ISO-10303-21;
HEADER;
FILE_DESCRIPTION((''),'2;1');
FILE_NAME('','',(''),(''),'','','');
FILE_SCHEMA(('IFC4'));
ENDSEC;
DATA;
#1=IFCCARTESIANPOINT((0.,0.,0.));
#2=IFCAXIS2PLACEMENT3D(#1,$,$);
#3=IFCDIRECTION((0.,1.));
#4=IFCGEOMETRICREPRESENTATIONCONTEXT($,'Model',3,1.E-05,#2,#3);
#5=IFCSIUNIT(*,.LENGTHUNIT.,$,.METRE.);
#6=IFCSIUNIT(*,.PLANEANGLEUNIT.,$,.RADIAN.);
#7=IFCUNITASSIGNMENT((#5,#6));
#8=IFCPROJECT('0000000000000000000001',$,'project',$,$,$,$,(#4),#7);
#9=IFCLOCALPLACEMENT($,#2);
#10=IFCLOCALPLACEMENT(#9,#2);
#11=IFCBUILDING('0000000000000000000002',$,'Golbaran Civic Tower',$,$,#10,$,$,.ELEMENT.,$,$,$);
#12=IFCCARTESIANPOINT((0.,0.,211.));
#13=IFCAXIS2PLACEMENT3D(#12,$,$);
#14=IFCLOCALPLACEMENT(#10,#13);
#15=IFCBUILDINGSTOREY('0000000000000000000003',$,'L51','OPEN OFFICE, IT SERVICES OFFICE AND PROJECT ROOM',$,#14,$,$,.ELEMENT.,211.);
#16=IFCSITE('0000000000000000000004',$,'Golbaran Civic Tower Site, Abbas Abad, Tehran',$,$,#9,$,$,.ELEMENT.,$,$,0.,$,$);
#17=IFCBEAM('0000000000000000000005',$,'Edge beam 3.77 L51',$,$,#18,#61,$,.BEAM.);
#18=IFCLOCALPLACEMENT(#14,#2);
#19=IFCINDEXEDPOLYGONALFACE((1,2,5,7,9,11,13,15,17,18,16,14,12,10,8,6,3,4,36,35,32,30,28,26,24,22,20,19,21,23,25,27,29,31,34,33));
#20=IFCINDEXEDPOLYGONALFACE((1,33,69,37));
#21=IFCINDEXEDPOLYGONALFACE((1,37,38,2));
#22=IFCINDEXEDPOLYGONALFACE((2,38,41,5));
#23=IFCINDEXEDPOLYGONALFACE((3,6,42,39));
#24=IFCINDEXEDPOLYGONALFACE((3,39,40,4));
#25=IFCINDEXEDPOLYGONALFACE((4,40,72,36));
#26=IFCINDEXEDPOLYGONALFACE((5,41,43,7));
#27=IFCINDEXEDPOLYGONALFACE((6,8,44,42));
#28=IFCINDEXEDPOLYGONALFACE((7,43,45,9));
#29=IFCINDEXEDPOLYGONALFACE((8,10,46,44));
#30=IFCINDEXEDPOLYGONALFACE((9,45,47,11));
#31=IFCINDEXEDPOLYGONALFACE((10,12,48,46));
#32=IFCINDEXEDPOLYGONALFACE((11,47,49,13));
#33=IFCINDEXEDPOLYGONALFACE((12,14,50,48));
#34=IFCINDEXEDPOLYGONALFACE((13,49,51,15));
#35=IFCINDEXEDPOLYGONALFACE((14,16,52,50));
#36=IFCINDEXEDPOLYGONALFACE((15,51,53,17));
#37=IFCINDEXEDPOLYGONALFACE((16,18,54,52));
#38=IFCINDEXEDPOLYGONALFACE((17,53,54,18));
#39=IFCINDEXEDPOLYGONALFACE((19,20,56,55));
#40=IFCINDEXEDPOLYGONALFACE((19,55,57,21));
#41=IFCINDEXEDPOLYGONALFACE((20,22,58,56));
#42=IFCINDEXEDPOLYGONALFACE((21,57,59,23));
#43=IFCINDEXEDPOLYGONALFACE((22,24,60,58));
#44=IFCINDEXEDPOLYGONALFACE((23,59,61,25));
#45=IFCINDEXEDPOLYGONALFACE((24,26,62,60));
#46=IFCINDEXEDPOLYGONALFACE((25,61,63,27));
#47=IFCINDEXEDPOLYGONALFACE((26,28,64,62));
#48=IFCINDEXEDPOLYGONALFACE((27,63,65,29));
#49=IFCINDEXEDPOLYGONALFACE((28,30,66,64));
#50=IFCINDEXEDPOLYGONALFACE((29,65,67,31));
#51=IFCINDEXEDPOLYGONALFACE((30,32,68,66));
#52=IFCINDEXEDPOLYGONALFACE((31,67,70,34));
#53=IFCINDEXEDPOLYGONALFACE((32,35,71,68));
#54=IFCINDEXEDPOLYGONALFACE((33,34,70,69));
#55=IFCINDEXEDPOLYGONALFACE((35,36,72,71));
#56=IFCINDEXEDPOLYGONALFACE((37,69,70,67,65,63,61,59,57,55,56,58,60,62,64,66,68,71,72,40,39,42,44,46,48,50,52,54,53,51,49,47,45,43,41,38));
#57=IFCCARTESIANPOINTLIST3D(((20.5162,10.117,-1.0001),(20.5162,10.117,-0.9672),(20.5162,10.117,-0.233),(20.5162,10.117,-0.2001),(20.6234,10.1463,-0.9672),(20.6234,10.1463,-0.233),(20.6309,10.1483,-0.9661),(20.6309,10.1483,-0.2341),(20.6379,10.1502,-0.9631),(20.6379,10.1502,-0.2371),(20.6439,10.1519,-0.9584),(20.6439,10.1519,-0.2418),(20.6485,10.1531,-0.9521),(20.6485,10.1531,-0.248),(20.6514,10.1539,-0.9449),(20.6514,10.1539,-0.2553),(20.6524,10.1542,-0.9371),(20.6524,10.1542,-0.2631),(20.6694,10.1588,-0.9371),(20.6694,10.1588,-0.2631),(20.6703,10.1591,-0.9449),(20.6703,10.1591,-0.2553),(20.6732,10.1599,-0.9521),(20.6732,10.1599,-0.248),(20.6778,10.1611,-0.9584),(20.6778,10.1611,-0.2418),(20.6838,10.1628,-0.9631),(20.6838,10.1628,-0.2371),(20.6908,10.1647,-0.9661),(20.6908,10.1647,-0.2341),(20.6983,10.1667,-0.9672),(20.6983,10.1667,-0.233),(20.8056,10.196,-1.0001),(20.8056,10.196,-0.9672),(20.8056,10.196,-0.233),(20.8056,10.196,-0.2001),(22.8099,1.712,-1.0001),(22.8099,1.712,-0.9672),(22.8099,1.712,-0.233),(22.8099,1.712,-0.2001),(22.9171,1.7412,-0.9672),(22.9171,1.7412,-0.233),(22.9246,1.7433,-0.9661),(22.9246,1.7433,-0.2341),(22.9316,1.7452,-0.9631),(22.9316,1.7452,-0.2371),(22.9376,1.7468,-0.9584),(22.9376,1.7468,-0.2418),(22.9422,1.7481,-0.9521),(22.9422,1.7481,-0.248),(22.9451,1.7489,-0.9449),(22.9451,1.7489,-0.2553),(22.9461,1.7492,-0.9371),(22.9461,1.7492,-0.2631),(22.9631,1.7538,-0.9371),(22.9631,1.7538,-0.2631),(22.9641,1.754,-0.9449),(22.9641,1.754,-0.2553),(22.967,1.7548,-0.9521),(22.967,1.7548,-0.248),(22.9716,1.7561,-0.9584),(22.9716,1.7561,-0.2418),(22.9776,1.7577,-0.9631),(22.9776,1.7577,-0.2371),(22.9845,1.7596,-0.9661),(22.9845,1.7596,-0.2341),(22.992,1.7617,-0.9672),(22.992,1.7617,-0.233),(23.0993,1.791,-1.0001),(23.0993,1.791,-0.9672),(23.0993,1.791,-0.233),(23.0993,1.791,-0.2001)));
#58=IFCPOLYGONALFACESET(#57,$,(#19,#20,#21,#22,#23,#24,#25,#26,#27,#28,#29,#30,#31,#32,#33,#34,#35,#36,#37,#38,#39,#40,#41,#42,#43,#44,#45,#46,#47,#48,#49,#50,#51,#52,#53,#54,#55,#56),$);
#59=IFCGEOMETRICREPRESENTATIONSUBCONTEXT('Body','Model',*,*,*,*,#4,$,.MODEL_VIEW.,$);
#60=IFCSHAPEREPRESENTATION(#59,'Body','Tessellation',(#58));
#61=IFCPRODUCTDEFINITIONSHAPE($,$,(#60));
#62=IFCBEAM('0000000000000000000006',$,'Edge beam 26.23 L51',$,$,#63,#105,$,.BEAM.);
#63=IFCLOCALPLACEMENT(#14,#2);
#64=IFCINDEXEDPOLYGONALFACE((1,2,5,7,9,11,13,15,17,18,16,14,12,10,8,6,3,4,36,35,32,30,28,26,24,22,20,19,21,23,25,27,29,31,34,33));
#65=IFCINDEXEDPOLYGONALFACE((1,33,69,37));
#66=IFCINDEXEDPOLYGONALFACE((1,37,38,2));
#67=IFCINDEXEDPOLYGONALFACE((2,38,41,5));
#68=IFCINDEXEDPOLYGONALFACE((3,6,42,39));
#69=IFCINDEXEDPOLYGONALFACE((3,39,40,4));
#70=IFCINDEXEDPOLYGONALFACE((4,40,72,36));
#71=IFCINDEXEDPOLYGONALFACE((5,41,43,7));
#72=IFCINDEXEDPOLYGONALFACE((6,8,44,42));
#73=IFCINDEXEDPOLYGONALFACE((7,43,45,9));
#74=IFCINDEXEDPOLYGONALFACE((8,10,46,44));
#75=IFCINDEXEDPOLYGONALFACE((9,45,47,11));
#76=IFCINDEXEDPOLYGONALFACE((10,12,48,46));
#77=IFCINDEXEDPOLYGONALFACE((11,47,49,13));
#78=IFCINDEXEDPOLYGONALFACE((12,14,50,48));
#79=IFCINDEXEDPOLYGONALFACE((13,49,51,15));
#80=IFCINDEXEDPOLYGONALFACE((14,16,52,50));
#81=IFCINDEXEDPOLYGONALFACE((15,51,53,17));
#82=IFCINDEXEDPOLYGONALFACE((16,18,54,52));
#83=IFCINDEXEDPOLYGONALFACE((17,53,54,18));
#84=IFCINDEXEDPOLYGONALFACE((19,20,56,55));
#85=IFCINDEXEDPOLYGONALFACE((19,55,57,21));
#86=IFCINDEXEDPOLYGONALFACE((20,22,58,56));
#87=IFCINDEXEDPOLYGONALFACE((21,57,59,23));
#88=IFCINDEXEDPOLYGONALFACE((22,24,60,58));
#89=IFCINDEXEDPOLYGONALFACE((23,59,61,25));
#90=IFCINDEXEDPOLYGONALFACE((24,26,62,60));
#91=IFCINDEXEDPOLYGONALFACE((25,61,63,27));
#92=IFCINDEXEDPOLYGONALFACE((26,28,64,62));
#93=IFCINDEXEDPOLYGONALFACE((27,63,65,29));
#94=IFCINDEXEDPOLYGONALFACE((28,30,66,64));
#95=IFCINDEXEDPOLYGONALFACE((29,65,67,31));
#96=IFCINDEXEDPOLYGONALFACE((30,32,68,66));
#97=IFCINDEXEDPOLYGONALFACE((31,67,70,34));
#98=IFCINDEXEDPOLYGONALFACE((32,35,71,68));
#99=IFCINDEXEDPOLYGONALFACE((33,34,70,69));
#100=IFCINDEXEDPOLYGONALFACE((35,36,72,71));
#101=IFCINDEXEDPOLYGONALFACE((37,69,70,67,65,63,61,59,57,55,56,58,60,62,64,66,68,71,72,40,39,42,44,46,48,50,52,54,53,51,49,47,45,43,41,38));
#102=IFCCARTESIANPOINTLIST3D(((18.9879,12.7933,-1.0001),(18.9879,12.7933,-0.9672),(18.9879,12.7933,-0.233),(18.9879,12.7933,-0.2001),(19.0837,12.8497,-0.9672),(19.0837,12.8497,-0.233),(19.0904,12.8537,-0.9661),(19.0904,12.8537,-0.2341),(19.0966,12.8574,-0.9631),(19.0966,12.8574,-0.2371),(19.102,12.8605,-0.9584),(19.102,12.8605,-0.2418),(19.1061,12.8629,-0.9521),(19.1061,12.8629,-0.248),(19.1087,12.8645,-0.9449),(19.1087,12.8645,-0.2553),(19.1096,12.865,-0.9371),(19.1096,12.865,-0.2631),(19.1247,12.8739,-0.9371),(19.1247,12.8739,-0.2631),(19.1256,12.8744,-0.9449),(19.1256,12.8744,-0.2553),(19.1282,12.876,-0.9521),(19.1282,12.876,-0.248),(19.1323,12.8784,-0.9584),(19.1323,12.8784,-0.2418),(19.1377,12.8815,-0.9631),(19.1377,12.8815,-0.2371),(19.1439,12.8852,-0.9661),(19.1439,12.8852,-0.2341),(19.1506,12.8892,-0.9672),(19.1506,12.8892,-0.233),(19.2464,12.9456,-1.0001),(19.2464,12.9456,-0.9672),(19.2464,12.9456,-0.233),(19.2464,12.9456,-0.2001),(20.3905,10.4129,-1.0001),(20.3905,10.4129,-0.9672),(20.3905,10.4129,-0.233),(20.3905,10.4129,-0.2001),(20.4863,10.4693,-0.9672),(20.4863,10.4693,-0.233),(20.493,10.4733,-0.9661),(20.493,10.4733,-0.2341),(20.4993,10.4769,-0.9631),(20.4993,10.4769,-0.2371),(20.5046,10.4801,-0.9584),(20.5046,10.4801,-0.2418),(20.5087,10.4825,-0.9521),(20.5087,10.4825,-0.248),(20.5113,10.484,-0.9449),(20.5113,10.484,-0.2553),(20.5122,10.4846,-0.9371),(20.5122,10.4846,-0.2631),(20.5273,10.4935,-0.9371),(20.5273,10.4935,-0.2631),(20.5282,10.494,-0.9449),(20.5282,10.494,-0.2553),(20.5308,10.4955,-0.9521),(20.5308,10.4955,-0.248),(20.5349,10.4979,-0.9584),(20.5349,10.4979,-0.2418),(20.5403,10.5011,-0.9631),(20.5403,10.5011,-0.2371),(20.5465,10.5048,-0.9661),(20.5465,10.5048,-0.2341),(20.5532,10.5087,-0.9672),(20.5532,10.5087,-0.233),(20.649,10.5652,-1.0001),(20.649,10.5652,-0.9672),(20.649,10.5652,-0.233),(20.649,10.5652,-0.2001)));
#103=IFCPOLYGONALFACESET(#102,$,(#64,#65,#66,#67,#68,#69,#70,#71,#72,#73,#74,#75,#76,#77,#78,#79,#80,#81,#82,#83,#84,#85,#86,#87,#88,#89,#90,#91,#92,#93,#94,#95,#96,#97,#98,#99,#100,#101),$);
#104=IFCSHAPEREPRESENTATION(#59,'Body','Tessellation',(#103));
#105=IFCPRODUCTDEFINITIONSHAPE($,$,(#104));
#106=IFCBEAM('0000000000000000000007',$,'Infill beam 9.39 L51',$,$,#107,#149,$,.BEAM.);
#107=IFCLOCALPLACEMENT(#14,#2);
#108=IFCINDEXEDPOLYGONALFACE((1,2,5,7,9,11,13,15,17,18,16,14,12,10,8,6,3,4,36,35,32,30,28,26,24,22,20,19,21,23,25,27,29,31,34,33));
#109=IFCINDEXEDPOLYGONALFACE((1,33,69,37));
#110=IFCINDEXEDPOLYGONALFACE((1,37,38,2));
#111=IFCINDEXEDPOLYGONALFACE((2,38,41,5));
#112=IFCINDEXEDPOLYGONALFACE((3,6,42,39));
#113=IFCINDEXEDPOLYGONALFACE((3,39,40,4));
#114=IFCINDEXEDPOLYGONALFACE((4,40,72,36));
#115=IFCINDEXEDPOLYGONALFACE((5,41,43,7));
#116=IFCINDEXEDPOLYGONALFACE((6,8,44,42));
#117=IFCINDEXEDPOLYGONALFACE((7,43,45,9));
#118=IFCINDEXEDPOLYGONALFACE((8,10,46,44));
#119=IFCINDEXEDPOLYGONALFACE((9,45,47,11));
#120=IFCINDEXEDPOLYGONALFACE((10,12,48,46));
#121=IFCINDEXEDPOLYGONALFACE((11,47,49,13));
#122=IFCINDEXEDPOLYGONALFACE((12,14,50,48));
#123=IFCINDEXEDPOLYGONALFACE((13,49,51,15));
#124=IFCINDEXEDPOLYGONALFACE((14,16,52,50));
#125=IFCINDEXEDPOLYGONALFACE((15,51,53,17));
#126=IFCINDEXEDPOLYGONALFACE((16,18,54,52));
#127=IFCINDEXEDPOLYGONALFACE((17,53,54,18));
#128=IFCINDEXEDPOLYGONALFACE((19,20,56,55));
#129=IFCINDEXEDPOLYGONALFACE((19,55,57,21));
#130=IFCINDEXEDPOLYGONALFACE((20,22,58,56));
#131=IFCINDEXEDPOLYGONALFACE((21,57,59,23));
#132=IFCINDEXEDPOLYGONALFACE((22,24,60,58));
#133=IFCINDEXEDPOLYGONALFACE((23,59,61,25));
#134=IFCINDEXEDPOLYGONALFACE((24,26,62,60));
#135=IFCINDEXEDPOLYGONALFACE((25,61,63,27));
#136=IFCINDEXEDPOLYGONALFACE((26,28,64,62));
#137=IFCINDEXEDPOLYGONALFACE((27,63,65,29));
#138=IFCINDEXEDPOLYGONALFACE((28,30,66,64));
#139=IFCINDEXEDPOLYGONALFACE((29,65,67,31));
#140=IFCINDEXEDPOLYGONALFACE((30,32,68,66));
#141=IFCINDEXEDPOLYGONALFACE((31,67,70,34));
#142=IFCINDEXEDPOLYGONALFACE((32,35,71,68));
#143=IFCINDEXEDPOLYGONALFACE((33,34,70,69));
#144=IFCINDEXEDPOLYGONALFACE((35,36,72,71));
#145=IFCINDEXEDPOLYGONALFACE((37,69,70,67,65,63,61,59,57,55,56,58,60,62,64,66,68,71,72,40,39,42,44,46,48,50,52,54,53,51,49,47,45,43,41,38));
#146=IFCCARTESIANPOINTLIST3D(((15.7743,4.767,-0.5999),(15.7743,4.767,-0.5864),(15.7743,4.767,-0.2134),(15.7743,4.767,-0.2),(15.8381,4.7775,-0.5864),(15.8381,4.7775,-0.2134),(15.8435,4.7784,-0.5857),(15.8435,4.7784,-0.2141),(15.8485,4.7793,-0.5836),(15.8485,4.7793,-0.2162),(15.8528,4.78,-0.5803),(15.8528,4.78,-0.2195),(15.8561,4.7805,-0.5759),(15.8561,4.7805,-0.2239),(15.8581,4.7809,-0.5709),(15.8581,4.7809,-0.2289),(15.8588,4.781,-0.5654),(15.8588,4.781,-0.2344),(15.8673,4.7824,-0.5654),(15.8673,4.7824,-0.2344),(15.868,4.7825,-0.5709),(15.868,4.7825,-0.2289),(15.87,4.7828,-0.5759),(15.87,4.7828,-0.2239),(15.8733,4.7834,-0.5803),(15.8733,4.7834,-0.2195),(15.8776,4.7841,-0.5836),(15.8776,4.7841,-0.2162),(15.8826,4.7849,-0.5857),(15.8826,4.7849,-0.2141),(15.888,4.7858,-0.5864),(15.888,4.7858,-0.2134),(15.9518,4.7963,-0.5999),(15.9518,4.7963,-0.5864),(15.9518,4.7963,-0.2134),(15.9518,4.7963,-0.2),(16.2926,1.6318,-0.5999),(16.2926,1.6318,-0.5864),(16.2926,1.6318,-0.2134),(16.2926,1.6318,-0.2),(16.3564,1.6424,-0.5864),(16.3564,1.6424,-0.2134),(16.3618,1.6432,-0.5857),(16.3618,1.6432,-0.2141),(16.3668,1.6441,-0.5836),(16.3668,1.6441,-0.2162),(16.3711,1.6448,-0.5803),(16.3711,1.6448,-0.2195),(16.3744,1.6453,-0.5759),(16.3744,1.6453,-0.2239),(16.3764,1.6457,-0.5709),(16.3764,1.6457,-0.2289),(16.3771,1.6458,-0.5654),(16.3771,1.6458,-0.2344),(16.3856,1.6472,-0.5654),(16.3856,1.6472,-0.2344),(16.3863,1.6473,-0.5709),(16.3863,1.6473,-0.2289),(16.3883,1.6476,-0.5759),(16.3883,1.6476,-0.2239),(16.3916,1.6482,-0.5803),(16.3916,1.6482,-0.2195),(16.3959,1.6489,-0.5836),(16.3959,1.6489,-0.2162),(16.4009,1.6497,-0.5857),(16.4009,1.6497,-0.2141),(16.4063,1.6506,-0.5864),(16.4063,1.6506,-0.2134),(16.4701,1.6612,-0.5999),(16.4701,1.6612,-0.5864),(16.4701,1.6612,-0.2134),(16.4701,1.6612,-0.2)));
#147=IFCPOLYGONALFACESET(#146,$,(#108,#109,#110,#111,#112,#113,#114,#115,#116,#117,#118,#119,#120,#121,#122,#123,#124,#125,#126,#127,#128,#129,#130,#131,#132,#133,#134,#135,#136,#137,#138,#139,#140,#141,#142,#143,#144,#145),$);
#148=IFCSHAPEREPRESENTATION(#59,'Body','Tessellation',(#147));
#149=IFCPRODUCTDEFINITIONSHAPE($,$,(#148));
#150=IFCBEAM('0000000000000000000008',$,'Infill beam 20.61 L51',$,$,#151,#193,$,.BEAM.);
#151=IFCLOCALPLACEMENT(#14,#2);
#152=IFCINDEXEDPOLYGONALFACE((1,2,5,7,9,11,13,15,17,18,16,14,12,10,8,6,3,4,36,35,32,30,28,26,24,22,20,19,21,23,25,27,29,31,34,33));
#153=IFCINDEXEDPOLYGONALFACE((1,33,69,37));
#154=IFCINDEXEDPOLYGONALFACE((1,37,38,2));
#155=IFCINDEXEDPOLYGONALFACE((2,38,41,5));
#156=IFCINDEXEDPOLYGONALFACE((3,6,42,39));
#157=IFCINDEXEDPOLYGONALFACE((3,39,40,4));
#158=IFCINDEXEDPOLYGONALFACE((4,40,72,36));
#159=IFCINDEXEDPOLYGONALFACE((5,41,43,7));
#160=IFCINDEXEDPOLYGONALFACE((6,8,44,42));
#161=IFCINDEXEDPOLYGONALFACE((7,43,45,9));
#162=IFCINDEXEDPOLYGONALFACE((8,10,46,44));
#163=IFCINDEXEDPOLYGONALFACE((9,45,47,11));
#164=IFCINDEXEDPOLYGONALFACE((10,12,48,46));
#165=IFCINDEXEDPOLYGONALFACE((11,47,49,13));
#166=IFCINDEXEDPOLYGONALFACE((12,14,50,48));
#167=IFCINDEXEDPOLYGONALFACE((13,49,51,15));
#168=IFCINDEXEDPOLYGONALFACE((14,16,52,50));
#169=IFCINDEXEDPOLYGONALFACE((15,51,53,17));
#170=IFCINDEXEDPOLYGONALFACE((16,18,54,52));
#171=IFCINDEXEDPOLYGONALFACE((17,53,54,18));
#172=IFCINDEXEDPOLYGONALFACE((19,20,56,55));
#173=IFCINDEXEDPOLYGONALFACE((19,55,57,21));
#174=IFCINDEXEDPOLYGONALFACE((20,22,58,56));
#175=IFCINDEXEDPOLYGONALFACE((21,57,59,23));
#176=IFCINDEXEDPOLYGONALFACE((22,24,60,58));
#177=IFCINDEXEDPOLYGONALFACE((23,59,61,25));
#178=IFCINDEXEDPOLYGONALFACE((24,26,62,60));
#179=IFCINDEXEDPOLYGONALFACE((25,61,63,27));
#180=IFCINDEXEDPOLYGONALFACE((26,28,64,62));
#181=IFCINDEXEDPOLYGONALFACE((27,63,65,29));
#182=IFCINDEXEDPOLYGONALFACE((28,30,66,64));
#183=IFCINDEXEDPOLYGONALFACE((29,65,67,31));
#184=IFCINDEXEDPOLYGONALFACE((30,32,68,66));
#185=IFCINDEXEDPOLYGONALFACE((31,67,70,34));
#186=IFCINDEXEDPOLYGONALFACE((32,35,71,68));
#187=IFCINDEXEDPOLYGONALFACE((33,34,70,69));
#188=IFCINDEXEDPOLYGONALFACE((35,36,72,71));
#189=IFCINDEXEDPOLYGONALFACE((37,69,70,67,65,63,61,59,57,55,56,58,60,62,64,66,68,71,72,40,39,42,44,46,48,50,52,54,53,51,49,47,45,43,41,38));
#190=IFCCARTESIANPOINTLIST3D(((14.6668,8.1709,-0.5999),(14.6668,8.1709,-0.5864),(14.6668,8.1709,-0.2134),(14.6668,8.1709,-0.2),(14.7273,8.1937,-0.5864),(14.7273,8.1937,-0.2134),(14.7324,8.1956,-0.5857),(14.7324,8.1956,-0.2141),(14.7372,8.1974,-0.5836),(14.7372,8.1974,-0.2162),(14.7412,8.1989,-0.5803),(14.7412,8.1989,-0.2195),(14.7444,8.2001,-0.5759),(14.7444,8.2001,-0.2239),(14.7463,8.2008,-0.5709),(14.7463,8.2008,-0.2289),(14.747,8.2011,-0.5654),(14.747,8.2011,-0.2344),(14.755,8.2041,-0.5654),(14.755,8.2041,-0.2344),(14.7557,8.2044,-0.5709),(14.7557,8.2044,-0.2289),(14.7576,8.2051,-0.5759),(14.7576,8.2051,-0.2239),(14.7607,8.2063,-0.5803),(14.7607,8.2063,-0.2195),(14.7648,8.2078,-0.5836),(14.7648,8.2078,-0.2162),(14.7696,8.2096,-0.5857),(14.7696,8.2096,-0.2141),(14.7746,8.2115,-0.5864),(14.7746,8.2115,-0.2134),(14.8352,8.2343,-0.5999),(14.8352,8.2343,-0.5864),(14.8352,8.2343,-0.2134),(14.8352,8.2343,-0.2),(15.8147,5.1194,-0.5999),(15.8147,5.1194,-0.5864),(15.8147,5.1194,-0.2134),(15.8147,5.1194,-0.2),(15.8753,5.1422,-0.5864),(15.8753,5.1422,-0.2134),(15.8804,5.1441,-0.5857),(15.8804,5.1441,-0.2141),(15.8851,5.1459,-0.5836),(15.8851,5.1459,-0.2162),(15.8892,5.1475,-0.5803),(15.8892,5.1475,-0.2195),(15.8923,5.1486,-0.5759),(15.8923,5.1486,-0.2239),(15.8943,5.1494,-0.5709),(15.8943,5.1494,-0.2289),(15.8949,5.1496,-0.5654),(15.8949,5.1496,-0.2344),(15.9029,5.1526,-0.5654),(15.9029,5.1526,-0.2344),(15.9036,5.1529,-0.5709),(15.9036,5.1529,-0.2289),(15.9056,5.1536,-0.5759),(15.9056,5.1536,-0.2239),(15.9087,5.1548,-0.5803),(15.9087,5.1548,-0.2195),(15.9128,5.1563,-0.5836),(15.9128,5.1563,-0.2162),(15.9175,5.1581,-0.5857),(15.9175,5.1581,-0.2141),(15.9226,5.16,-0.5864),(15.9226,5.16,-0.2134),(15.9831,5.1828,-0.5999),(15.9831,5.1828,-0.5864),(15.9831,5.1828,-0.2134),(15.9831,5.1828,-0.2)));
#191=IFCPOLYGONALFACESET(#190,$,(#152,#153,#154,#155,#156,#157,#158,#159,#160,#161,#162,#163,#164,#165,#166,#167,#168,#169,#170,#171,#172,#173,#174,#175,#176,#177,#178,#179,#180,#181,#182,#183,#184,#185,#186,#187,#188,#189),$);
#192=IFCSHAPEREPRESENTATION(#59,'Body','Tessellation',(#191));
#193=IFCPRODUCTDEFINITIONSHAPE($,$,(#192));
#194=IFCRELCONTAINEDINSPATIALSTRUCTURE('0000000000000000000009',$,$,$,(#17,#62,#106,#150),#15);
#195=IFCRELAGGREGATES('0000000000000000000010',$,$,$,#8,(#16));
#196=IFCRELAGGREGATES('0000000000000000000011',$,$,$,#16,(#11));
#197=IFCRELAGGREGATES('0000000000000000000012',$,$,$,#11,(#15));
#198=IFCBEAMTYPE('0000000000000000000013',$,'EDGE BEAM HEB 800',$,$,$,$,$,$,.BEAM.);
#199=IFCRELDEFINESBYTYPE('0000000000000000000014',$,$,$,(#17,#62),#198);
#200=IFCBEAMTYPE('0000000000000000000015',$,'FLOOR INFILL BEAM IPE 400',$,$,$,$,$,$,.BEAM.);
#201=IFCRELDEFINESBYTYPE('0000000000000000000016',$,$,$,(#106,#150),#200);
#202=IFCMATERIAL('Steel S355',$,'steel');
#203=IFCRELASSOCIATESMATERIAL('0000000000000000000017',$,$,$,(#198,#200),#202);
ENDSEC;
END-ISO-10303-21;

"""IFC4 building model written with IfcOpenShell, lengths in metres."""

from ifc_helpers import new_model, si_unit, direction, frame, origin, origin_2d, place, context, subcontext, project, spatial, i_section, extrude, material, material_profile, profile_set, type_object, element, save


model = new_model("IFC4")

# Units and contexts
model_context = context("Model", 3, precision=1e-05, world=origin(), true_north=direction((0.0, 1.0)))
body_context = subcontext(model_context, "Body", "Model", "MODEL_VIEW")
ifc_project = project(units=[si_unit("LENGTHUNIT", "METRE"), si_unit("PLANEANGLEUNIT", "RADIAN")], contexts=[model_context])

# Site, building, storey
site_placement = place(None, origin())
site = spatial("IfcSite", under=ifc_project, at=site_placement, Name="Golbaran Civic Tower Site, Abbas Abad, Tehran", CompositionType="ELEMENT", RefElevation=0.0)
building_placement = place(site_placement, origin())
building = spatial("IfcBuilding", under=site, at=building_placement, Name="Golbaran Civic Tower", CompositionType="ELEMENT")
storey_placement = place(building_placement, frame((0.0, 0.0, 211.0)))
storey = spatial("IfcBuildingStorey", under=building, at=storey_placement, Name="L51", Description="OPEN OFFICE, IT SERVICES OFFICE AND PROJECT ROOM", CompositionType="ELEMENT", Elevation=211.0)

# Beams
ifc_material_1 = material(Name="Steel S355", Category="steel")
ifc_material_profile_1 = material_profile(ifc_material_1, i_section(OverallWidth=0.3, OverallDepth=0.8, WebThickness=0.0176, FlangeThickness=0.033, FilletRadius=0.03, at=origin_2d()), Name="HEB 800")
ifc_profile_set_1 = profile_set([ifc_material_profile_1], Name="Steel S355")
beam_type_1 = type_object("IfcBeamType", Name="EDGE BEAM HEB 800", PredefinedType="BEAM", material=ifc_profile_set_1)
beam_1_placement = place(storey_placement, frame((22.9546, 1.7515, -0.6001), z_axis=(-0.263269, 0.964722, 0.0), x_axis=(-0.964722, -0.263269, 0.0)))
element("IfcBeam", 1, at=beam_1_placement, inside=storey, type_object=beam_type_1, Name="Edge beam 3.77 L51", PredefinedType="BEAM", context=body_context, shape_type="SweptSolid", body=[
    extrude(i_section(OverallWidth=0.3, OverallDepth=0.8, WebThickness=0.0176, FlangeThickness=0.033, FilletRadius=0.03, at=origin_2d()), origin(), (0.0, 0.0, 1.0), 8.7124),
])
beam_2_placement = place(storey_placement, frame((20.5198, 10.489, -0.6001), z_axis=(-0.507657, 0.861559, 0.0), x_axis=(-0.861559, -0.507657, 0.0)))
element("IfcBeam", 2, at=beam_2_placement, inside=storey, type_object=beam_type_1, Name="Edge beam 26.23 L51", PredefinedType="BEAM", context=body_context, shape_type="SweptSolid", body=[
    extrude(i_section(OverallWidth=0.3, OverallDepth=0.8, WebThickness=0.0176, FlangeThickness=0.033, FilletRadius=0.03, at=origin_2d()), origin(), (0.0, 0.0, 1.0), 2.7629),
])
ifc_material_profile_2 = material_profile(ifc_material_1, i_section(OverallWidth=0.1799, OverallDepth=0.3999, WebThickness=0.0085, FlangeThickness=0.0134, FilletRadius=0.021, at=origin_2d()), Name="IPE 400")
ifc_profile_set_2 = profile_set([ifc_material_profile_2], Name="Steel S355")
beam_type_2 = type_object("IfcBeamType", Name="FLOOR INFILL BEAM IPE 400", PredefinedType="BEAM", material=ifc_profile_set_2)
beam_3_placement = place(storey_placement, frame((16.3813, 1.6465, -0.3999), z_axis=(-0.163103, 0.986609, 0.0), x_axis=(-0.986609, -0.163103, 0.0)))
element("IfcBeam", 3, at=beam_3_placement, inside=storey, type_object=beam_type_2, Name="Infill beam 9.39 L51", PredefinedType="BEAM", context=body_context, shape_type="SweptSolid", body=[
    extrude(i_section(OverallWidth=0.1799, OverallDepth=0.3999, WebThickness=0.0085, FlangeThickness=0.0134, FilletRadius=0.021, at=origin_2d()), origin(), (0.0, 0.0, 1.0), 3.1777),
])
beam_4_placement = place(storey_placement, frame((15.8989, 5.1511, -0.3999), z_axis=(-0.3521, 0.935962, 0.0), x_axis=(-0.935962, -0.3521, 0.0)))
element("IfcBeam", 4, at=beam_4_placement, inside=storey, type_object=beam_type_2, Name="Infill beam 20.61 L51", PredefinedType="BEAM", context=body_context, shape_type="SweptSolid", body=[
    extrude(i_section(OverallWidth=0.1799, OverallDepth=0.3999, WebThickness=0.0085, FlangeThickness=0.0134, FilletRadius=0.021, at=origin_2d()), origin(), (0.0, 0.0, 1.0), 3.2603),
])

save(model, "model.ifc")
